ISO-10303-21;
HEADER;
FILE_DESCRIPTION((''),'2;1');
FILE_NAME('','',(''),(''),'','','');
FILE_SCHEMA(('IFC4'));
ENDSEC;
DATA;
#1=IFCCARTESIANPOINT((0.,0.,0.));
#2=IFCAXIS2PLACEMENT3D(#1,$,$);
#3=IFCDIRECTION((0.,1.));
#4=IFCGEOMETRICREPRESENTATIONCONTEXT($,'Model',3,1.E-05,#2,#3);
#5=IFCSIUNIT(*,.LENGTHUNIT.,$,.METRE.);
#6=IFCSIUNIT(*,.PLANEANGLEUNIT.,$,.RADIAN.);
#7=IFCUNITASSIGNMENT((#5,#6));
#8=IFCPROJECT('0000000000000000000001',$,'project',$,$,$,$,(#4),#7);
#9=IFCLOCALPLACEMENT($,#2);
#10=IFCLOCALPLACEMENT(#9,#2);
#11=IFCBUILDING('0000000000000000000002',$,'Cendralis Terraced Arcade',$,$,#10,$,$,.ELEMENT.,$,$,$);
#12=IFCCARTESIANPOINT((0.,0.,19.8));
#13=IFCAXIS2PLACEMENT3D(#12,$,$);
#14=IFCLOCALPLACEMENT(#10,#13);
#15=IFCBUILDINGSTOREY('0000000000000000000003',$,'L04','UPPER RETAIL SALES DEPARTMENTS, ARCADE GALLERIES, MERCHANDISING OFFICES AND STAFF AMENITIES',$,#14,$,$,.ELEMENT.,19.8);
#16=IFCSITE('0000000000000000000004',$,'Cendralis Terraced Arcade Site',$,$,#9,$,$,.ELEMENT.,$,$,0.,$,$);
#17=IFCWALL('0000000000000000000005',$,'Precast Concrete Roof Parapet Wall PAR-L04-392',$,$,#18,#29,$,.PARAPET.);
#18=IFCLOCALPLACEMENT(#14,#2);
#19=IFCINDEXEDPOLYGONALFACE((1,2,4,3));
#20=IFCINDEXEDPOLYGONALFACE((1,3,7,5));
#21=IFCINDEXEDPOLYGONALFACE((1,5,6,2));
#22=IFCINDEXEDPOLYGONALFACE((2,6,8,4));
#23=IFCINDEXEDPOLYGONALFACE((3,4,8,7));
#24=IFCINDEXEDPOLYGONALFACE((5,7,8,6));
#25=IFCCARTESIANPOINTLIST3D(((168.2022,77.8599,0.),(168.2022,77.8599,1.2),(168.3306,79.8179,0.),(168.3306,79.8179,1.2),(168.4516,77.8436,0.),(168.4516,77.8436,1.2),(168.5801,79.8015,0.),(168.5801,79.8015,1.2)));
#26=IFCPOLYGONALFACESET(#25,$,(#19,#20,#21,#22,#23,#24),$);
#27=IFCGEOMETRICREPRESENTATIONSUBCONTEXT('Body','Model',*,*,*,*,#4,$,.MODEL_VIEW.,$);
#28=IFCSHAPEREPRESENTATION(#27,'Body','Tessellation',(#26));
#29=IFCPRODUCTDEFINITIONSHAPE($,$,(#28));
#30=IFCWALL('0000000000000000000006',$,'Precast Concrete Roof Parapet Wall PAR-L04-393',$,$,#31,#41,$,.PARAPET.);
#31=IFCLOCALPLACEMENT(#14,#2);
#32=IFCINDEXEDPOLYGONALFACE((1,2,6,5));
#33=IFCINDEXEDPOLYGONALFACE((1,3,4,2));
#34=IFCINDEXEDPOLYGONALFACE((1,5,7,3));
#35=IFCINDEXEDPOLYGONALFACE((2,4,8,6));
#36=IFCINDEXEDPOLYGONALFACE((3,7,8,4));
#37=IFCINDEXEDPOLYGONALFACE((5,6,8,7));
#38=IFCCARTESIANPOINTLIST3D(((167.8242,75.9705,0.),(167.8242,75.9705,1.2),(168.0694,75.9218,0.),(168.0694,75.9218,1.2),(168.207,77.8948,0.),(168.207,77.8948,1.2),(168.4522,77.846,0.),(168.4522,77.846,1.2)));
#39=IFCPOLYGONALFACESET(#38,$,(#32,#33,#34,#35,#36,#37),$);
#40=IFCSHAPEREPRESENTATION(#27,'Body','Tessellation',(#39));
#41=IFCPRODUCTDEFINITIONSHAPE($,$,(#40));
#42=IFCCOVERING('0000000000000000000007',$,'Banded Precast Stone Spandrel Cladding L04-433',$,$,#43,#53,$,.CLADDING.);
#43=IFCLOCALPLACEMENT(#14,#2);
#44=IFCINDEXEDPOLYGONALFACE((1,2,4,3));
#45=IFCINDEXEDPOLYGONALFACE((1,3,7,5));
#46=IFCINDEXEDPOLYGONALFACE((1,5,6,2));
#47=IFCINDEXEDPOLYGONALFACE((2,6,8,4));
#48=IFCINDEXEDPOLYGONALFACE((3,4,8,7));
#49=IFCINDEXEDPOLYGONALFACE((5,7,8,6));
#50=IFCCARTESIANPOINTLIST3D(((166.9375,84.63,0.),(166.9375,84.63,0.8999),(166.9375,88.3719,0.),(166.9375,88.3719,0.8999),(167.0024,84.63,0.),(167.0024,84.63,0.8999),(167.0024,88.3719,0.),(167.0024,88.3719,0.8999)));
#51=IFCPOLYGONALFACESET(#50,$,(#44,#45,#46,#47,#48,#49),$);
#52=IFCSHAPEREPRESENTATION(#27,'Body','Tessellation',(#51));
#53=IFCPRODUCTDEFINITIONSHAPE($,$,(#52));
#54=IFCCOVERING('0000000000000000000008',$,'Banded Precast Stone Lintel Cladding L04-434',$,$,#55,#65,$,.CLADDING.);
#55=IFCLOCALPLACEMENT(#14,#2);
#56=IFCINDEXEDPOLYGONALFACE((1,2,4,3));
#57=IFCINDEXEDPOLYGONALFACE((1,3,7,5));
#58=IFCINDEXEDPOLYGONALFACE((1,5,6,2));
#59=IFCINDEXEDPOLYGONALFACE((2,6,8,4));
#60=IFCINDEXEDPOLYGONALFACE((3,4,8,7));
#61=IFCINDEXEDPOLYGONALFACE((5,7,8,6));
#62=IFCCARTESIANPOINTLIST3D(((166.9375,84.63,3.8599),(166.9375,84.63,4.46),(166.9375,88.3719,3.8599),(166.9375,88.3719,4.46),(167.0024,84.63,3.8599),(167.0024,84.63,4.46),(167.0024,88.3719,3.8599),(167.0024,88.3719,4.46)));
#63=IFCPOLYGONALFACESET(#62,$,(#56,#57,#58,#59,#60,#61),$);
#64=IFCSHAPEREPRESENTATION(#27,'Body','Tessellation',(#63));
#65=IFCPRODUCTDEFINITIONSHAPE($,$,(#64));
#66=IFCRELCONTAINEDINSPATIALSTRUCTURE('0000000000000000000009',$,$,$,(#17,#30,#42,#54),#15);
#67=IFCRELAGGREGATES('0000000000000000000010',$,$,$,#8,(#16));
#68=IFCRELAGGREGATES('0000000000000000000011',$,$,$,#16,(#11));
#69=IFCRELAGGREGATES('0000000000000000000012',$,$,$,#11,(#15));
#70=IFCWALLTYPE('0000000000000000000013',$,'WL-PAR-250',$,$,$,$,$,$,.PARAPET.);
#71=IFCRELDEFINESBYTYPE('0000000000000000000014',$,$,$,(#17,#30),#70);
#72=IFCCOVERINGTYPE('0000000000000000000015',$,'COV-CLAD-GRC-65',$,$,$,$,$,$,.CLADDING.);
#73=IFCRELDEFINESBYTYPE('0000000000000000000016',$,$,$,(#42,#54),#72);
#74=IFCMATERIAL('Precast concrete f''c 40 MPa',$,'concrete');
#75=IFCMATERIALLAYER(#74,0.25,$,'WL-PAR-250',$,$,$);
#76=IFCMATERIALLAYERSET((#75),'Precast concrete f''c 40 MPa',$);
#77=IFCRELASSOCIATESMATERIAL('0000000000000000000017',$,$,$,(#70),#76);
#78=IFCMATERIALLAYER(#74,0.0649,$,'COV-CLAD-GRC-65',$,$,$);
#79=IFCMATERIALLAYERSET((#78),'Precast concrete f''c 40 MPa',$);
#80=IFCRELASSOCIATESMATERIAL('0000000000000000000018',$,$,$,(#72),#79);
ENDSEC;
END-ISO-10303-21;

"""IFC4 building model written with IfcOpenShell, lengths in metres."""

from ifc_helpers import new_model, si_unit, direction, frame, frame_2d, origin, origin_2d, place, context, subcontext, project, spatial, rectangle, extrude, material, layer, layer_set, type_object, element, save


model = new_model("IFC4")

# Units and contexts
model_context = context("Model", 3, precision=1e-05, world=origin(), true_north=direction((0.0, 1.0)))
body_context = subcontext(model_context, "Body", "Model", "MODEL_VIEW")
ifc_project = project(units=[si_unit("LENGTHUNIT", "METRE"), si_unit("PLANEANGLEUNIT", "RADIAN")], contexts=[model_context])

# Site, building, storey
site_placement = place(None, origin())
site = spatial("IfcSite", under=ifc_project, at=site_placement, Name="Cendralis Terraced Arcade Site", CompositionType="ELEMENT", RefElevation=0.0)
building_placement = place(site_placement, origin())
building = spatial("IfcBuilding", under=site, at=building_placement, Name="Cendralis Terraced Arcade", CompositionType="ELEMENT")
storey_placement = place(building_placement, frame((0.0, 0.0, 19.8)))
storey = spatial("IfcBuildingStorey", under=building, at=storey_placement, Name="L04", Description="UPPER RETAIL SALES DEPARTMENTS, ARCADE GALLERIES, MERCHANDISING OFFICES AND STAFF AMENITIES", CompositionType="ELEMENT", Elevation=19.8)

# Walls
ifc_material_1 = material(Name="Precast concrete f'c 40 MPa", Category="concrete")
ifc_layer_1 = layer(ifc_material_1, 0.25, Name="WL-PAR-250")
ifc_layer_set_1 = layer_set([ifc_layer_1], Name="Precast concrete f'c 40 MPa")
wall_type_1 = type_object("IfcWallType", Name="WL-PAR-250", PredefinedType="PARAPET", material=ifc_layer_set_1)
wall_1_placement = place(storey_placement, frame((168.4553, 79.8096, 0.0), z_axis=(0.0, 0.0, 1.0), x_axis=(-0.065445, -0.997856, 0.0)))
element("IfcWall", 1, at=wall_1_placement, inside=storey, type_object=wall_type_1, Name="Precast Concrete Roof Parapet Wall PAR-L04-392", PredefinedType="PARAPET", context=body_context, shape_type="SweptSolid", body=[
    extrude(rectangle(XDim=1.9622, YDim=0.25, at=frame_2d((0.981, 0.0))), origin(), (0.0, 0.0, 1.0), 1.2),
])
wall_2_placement = place(storey_placement, frame((168.3296, 77.8704, 0.0), z_axis=(0.0, 0.0, 1.0), x_axis=(-0.195111, -0.980781, 0.0)))
element("IfcWall", 2, at=wall_2_placement, inside=storey, type_object=wall_type_1, Name="Precast Concrete Roof Parapet Wall PAR-L04-393", PredefinedType="PARAPET", context=body_context, shape_type="SweptSolid", body=[
    extrude(rectangle(XDim=1.9619, YDim=0.25, at=frame_2d((0.981, 0.0))), origin(), (0.0, 0.0, 1.0), 1.2),
])

# Coverings
ifc_layer_2 = layer(ifc_material_1, 0.0649, Name="COV-CLAD-GRC-65")
ifc_layer_set_2 = layer_set([ifc_layer_2], Name="Precast concrete f'c 40 MPa")
covering_type = type_object("IfcCoveringType", Name="COV-CLAD-GRC-65", PredefinedType="CLADDING", material=ifc_layer_set_2)
covering_1_placement = place(storey_placement, frame((166.97, 86.501, 0.0), z_axis=(0.0, 0.0, 1.0), x_axis=(0.0, -1.0, 0.0)))
element("IfcCovering", 3, at=covering_1_placement, inside=storey, type_object=covering_type, Name="Banded Precast Stone Spandrel Cladding L04-433", PredefinedType="CLADDING", context=body_context, shape_type="SweptSolid", body=[
    extrude(rectangle(XDim=3.7419, YDim=0.0649, at=origin_2d()), origin(), (0.0, 0.0, 1.0), 0.8999),
])
covering_2_placement = place(storey_placement, frame((166.97, 86.501, 3.8599), z_axis=(0.0, 0.0, 1.0), x_axis=(0.0, -1.0, 0.0)))
element("IfcCovering", 4, at=covering_2_placement, inside=storey, type_object=covering_type, Name="Banded Precast Stone Lintel Cladding L04-434", PredefinedType="CLADDING", context=body_context, shape_type="SweptSolid", body=[
    extrude(rectangle(XDim=3.7419, YDim=0.0649, at=origin_2d()), origin(), (0.0, 0.0, 1.0), 0.6001),
])

save(model, "model.ifc")
